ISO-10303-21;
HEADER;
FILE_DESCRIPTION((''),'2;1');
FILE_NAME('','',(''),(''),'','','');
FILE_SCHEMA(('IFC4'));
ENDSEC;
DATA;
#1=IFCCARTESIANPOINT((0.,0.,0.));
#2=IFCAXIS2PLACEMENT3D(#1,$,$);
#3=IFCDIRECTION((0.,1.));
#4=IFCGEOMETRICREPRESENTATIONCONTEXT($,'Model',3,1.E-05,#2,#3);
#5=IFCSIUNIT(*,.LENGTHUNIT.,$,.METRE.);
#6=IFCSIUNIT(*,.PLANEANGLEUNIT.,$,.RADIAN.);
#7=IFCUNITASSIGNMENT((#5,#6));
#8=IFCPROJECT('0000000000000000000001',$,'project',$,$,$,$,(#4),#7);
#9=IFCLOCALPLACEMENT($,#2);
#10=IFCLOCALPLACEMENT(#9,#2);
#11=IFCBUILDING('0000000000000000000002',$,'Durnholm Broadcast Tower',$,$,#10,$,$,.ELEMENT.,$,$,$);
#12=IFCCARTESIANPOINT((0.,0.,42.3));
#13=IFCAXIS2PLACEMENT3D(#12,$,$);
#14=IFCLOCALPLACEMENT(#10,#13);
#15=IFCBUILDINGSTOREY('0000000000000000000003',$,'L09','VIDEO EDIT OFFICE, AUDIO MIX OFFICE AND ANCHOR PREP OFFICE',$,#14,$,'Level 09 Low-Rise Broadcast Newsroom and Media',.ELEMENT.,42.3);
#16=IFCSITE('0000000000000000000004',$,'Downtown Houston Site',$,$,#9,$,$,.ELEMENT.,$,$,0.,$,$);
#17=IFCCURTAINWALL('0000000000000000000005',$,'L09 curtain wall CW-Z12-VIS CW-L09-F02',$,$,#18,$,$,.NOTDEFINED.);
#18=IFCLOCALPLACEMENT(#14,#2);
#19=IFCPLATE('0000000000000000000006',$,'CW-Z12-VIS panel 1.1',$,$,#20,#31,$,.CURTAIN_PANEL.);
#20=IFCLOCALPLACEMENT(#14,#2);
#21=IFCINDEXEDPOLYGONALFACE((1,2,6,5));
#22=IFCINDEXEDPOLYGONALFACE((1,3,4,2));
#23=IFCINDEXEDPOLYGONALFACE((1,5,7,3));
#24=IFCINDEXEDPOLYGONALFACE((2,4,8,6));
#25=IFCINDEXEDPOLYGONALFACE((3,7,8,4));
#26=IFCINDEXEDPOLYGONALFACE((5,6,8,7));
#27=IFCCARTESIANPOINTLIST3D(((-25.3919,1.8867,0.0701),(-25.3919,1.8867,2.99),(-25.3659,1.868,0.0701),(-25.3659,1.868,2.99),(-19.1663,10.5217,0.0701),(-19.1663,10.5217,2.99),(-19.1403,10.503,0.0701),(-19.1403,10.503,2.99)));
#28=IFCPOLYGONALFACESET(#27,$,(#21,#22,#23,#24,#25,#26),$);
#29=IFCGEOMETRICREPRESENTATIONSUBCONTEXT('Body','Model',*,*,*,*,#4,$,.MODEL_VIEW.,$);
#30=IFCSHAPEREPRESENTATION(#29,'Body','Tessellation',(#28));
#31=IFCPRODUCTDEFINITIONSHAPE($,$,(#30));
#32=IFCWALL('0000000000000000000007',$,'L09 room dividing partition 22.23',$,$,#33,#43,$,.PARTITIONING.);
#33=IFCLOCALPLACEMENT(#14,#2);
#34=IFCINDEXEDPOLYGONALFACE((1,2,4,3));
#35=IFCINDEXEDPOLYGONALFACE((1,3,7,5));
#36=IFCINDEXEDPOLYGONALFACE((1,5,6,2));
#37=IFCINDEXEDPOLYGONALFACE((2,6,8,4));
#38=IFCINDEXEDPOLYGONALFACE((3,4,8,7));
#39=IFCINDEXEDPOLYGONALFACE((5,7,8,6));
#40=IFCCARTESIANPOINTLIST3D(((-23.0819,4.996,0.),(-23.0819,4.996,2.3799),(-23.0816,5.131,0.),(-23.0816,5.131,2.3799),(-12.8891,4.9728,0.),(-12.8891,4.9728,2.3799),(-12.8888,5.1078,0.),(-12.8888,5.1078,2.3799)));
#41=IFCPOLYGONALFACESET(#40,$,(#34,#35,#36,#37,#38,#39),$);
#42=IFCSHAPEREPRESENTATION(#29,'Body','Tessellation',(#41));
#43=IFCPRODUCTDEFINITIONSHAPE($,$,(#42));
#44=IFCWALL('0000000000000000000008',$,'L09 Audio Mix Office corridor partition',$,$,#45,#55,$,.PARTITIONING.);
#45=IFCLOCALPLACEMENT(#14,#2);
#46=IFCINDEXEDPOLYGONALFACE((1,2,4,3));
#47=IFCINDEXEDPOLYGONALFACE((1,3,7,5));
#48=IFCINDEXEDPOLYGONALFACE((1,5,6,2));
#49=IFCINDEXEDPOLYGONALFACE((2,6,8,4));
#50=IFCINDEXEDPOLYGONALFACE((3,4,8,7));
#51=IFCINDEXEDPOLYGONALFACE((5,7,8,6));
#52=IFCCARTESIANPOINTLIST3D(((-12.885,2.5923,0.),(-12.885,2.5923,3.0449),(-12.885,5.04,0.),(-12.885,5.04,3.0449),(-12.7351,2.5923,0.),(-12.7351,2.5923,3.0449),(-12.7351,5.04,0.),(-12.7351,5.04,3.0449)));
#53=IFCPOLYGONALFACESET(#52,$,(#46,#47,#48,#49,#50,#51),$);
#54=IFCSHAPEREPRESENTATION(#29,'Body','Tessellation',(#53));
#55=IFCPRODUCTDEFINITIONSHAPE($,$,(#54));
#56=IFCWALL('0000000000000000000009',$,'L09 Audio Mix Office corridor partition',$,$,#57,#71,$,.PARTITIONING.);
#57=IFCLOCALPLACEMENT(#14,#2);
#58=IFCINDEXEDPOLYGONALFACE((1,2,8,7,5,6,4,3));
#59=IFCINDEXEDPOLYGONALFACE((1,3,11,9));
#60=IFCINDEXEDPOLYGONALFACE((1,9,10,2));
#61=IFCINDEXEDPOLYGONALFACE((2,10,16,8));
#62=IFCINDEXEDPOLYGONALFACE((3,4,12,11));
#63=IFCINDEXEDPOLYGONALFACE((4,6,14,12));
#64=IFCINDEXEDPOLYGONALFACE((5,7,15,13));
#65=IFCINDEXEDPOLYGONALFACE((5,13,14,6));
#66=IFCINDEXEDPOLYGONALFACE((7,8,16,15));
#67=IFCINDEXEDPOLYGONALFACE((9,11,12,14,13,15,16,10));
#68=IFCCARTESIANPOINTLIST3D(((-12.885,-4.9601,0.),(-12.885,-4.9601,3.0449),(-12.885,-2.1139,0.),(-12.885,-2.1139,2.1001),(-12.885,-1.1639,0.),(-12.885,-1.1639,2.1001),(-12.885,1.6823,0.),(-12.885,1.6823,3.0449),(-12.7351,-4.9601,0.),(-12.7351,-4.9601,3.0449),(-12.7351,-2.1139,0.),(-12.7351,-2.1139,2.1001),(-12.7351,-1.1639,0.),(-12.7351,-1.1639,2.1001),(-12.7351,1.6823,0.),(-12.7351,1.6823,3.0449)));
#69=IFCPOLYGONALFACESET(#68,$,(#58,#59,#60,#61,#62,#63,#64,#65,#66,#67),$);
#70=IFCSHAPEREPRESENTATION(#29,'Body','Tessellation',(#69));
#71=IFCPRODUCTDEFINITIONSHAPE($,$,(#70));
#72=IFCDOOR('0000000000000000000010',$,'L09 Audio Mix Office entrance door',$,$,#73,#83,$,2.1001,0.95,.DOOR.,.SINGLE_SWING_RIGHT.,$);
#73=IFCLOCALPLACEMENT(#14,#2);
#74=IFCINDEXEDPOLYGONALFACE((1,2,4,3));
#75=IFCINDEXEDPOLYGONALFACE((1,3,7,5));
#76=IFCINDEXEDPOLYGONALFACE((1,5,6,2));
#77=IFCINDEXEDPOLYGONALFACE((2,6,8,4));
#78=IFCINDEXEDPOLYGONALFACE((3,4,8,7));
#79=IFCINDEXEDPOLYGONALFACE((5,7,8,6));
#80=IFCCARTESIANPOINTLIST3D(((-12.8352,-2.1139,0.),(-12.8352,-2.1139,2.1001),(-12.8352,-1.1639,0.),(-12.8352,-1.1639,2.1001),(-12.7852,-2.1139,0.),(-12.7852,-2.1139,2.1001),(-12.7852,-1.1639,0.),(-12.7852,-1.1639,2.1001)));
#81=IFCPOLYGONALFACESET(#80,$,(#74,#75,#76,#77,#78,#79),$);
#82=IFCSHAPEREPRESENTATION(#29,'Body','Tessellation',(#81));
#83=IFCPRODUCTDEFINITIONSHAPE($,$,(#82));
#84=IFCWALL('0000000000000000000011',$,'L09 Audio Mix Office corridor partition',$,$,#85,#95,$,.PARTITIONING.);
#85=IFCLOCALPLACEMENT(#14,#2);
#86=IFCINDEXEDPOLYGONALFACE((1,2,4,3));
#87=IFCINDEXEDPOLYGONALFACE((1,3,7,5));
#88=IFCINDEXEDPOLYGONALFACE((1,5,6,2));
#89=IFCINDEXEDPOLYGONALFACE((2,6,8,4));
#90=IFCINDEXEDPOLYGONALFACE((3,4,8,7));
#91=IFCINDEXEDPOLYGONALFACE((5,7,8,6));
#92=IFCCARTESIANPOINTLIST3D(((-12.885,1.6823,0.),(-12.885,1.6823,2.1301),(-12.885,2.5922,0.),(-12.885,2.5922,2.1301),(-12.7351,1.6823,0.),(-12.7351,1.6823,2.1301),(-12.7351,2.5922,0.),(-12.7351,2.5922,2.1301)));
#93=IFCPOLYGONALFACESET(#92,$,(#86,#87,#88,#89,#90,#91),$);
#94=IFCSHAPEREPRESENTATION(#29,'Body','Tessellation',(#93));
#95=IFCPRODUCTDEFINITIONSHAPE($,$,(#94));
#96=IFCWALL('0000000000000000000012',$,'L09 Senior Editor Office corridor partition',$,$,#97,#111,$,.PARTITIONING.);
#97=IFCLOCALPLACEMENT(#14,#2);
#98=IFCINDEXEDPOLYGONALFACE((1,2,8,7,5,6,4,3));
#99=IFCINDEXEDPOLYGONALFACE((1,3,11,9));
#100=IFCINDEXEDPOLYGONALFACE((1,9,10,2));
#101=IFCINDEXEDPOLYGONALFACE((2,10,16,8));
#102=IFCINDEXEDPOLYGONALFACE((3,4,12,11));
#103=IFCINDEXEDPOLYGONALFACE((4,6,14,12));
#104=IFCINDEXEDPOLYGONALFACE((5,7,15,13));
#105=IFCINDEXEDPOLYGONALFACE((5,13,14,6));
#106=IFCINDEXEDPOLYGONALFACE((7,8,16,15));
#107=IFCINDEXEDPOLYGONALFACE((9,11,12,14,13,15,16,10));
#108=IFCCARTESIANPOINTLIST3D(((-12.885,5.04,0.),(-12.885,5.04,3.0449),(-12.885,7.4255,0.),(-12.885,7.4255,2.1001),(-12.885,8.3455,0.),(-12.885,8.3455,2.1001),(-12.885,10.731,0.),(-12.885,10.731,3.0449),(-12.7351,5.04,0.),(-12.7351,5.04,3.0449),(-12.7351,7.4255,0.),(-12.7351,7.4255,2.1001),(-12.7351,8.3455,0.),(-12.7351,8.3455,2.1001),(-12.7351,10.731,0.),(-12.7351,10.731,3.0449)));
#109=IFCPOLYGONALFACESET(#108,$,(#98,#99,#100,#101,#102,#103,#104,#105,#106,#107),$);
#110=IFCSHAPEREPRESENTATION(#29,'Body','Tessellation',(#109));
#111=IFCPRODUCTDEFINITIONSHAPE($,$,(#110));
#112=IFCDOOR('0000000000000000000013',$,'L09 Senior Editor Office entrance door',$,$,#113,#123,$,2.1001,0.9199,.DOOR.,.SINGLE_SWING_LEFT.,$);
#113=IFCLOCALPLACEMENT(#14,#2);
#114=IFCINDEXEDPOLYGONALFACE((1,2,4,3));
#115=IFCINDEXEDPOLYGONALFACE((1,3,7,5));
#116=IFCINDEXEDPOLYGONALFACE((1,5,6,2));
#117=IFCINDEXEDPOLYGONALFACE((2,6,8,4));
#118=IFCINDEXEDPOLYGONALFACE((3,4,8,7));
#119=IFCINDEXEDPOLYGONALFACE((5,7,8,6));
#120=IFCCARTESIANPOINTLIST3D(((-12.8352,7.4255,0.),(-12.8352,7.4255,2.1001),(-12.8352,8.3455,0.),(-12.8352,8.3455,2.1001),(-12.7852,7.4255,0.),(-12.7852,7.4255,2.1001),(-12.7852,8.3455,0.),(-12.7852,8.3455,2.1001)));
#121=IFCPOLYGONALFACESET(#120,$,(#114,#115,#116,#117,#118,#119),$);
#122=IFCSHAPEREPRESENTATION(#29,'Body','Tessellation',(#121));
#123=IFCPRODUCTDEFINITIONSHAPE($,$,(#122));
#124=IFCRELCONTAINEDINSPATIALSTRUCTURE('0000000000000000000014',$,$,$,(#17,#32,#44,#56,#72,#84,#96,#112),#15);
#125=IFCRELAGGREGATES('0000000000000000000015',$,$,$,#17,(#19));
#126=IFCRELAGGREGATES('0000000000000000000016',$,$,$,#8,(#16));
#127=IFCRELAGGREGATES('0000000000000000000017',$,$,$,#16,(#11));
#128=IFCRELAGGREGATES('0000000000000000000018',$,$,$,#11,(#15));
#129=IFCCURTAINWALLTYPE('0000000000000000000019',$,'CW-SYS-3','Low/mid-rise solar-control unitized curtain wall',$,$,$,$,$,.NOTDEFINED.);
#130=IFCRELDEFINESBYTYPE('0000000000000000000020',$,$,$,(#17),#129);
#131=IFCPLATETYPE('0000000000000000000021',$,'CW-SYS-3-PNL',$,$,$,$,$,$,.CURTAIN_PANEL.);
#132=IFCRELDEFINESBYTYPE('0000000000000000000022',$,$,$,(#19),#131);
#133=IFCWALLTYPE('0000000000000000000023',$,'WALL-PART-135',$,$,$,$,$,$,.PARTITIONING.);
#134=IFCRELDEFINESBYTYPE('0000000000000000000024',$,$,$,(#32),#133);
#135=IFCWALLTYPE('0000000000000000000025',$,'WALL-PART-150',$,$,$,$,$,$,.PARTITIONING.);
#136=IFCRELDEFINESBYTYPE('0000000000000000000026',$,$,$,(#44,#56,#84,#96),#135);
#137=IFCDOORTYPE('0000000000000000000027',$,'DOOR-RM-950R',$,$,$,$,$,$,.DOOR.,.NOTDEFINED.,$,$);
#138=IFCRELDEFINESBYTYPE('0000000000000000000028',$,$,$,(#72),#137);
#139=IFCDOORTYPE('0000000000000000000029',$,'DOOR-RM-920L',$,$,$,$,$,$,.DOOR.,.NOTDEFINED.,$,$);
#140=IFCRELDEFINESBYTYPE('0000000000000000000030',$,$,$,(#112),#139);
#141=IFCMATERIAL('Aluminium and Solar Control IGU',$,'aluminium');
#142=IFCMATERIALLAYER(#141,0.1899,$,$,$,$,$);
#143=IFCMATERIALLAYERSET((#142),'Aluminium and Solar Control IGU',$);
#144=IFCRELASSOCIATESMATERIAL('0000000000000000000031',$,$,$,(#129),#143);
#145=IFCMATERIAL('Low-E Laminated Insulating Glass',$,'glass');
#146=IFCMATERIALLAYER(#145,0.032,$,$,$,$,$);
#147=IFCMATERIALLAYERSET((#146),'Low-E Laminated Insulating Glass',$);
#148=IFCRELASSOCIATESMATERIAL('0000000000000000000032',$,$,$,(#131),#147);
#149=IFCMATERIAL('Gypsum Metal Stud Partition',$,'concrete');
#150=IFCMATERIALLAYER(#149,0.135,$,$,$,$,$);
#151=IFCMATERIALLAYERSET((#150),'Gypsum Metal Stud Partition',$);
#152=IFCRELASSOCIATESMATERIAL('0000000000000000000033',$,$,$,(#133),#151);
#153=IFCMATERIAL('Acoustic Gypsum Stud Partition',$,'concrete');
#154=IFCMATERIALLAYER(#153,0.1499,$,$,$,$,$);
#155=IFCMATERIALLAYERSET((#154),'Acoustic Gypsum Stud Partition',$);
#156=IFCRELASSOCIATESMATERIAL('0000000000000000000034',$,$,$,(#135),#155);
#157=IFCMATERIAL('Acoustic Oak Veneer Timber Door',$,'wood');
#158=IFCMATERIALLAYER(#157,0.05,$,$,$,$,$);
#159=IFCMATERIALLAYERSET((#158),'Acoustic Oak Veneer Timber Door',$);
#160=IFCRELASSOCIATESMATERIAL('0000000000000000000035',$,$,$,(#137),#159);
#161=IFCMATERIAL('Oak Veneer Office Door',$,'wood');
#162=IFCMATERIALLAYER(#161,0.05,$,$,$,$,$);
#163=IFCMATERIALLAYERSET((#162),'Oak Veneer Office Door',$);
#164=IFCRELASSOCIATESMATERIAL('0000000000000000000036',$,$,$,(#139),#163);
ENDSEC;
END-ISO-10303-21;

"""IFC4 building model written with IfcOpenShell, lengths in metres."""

from ifc_helpers import new_model, si_unit, direction, frame, frame_2d, origin, origin_2d, place, context, subcontext, project, spatial, rectangle, extrude, source, transform, mapped, material, layer, layer_set, type_object, type_shapes, element, fill, aggregate, save


model = new_model("IFC4")

# Units and contexts
model_context = context("Model", 3, precision=1e-05, world=origin(), true_north=direction((0.0, 1.0)))
body_context = subcontext(model_context, "Body", "Model", "MODEL_VIEW")
ifc_project = project(units=[si_unit("LENGTHUNIT", "METRE"), si_unit("PLANEANGLEUNIT", "RADIAN")], contexts=[model_context])

# Site, building, storey
site_placement = place(None, origin())
site = spatial("IfcSite", under=ifc_project, at=site_placement, Name="Downtown Houston Site", CompositionType="ELEMENT", RefElevation=0.0)
building_placement = place(site_placement, origin())
building = spatial("IfcBuilding", under=site, at=building_placement, Name="Durnholm Broadcast Tower", CompositionType="ELEMENT")
storey_placement = place(building_placement, frame((0.0, 0.0, 42.3)))
storey = spatial("IfcBuildingStorey", under=building, at=storey_placement, Name="L09", Description="VIDEO EDIT OFFICE, AUDIO MIX OFFICE AND ANCHOR PREP OFFICE", LongName="Level 09 Low-Rise Broadcast Newsroom and Media", CompositionType="ELEMENT", Elevation=42.3)

# Shared definitions
ifc_material_1 = material(Name="Aluminium and Solar Control IGU", Category="aluminium")

# Curtain wall
ifc_layer_1 = layer(ifc_material_1, 0.1899)
ifc_layer_set_1 = layer_set([ifc_layer_1], Name="Aluminium and Solar Control IGU")
curtain_wall_type_1 = type_object("IfcCurtainWallType", Name="CW-SYS-3", Description="Low/mid-rise solar-control unitized curtain wall", PredefinedType="NOTDEFINED", material=ifc_layer_set_1)
curtain_wall_1_placement = place(storey_placement, origin())
curtain_wall_1 = element("IfcCurtainWall", 1, at=curtain_wall_1_placement, inside=storey, type_object=curtain_wall_type_1, Name="L09 curtain wall CW-Z12-VIS CW-L09-F02", PredefinedType="NOTDEFINED")

# Plate
ifc_material_2 = material(Name="Low-E Laminated Insulating Glass", Category="glass")
ifc_layer_2 = layer(ifc_material_2, 0.032)
ifc_layer_set_2 = layer_set([ifc_layer_2], Name="Low-E Laminated Insulating Glass")
plate_type_1 = type_object("IfcPlateType", Name="CW-SYS-3-PNL", PredefinedType="CURTAIN_PANEL", material=ifc_layer_set_2)
shared_shape_1 = source(origin(), body_context, "Body", "SweptSolid", [
    extrude(rectangle(XDim=10.6453, YDim=0.032, at=origin_2d()), origin(), (0.0, 0.0, 1.0), 2.9199),
])
type_shapes(plate_type_1, [shared_shape_1])
plate_1_placement = place(storey_placement, frame((-22.2661, 6.1948, 0.0701), z_axis=(0.0, 0.0, 1.0), x_axis=(0.584823, 0.811161, 0.0)))
plate_1 = element("IfcPlate", 2, at=plate_1_placement, type_object=plate_type_1, Name="CW-Z12-VIS panel 1.1", PredefinedType="CURTAIN_PANEL", context=body_context, shape_type="MappedRepresentation", body=[
    mapped(shared_shape_1, transform((0.0, 0.0, 0.0), x_axis=(1.0, 0.0, 0.0), y_axis=(0.0, 1.0, 0.0), z_axis=(0.0, 0.0, 1.0), scale=1.0)),
])
aggregate(curtain_wall_1, [plate_1])

# Walls
ifc_material_3 = material(Name="Gypsum Metal Stud Partition", Category="concrete")
ifc_layer_3 = layer(ifc_material_3, 0.135)
ifc_layer_set_3 = layer_set([ifc_layer_3], Name="Gypsum Metal Stud Partition")
wall_type_1 = type_object("IfcWallType", Name="WALL-PART-135", PredefinedType="PARTITIONING", material=ifc_layer_set_3)
wall_1_placement = place(storey_placement, frame((-23.0818, 5.0635, 0.0), z_axis=(0.0, 0.0, 1.0), x_axis=(0.999997, -0.002275, 0.0)))
element("IfcWall", 3, at=wall_1_placement, inside=storey, type_object=wall_type_1, Name="L09 room dividing partition 22.23", PredefinedType="PARTITIONING", context=body_context, shape_type="SweptSolid", body=[
    extrude(rectangle(XDim=10.1929, YDim=0.135, at=frame_2d((5.0964, 0.0))), origin(), (0.0, 0.0, 1.0), 2.3799),
])
ifc_material_4 = material(Name="Acoustic Gypsum Stud Partition", Category="concrete")
ifc_layer_4 = layer(ifc_material_4, 0.1499)
ifc_layer_set_4 = layer_set([ifc_layer_4], Name="Acoustic Gypsum Stud Partition")
wall_type_2 = type_object("IfcWallType", Name="WALL-PART-150", PredefinedType="PARTITIONING", material=ifc_layer_set_4)
wall_2_placement = place(storey_placement, frame((-12.8101, 5.04, 0.0), z_axis=(0.0, 0.0, 1.0), x_axis=(0.0, -1.0, 0.0)))
element("IfcWall", 4, at=wall_2_placement, inside=storey, type_object=wall_type_2, Name="L09 Audio Mix Office corridor partition", PredefinedType="PARTITIONING", context=body_context, shape_type="SweptSolid", body=[
    extrude(rectangle(XDim=2.4478, YDim=0.1499, at=frame_2d((1.2239, 0.0))), origin(), (0.0, 0.0, 1.0), 3.0449),
])

# Wall, opening, door
wall_3_placement = place(storey_placement, frame((-12.8101, 1.6824, 0.0), z_axis=(0.0, 0.0, 1.0), x_axis=(0.0, -1.0, 0.0)))
wall_3 = element("IfcWall", 5, at=wall_3_placement, inside=storey, type_object=wall_type_2, Name="L09 Audio Mix Office corridor partition", PredefinedType="PARTITIONING", context=body_context, shape_type="SweptSolid", body=[
    extrude(rectangle(XDim=6.6423, YDim=0.1499, at=frame_2d((3.3213, 0.0))), origin(), (0.0, 0.0, 1.0), 3.0449),
])
opening_1_placement = place(wall_3_placement, frame((2.8462, 0.0, 0.0)))
opening_1 = element("IfcOpeningElement", 6, at=opening_1_placement, cuts=wall_3, PredefinedType="OPENING", context=body_context, shape_type="SweptSolid", body=[
    extrude(rectangle(XDim=0.95, YDim=2.1001, at=frame_2d((0.4751, 1.05))), frame((0.0, 0.085, 0.0), z_axis=(0.0, -1.0, 0.0), x_axis=(1.0, 0.0, 0.0)), (0.0, 0.0, 1.0), 0.1699),
])
ifc_material_5 = material(Name="Acoustic Oak Veneer Timber Door", Category="wood")
ifc_layer_5 = layer(ifc_material_5, 0.05)
ifc_layer_set_5 = layer_set([ifc_layer_5], Name="Acoustic Oak Veneer Timber Door")
door_type_1 = type_object("IfcDoorType", Name="DOOR-RM-950R", OperationType="NOTDEFINED", PredefinedType="DOOR", material=ifc_layer_set_5)
shared_shape_2 = source(origin(), body_context, "Body", "SweptSolid", [
    extrude(rectangle(XDim=0.95, YDim=2.1001, at=frame_2d((0.4751, 1.05))), frame((0.0, 0.0249, 0.0), z_axis=(0.0, -1.0, 0.0), x_axis=(1.0, 0.0, 0.0)), (0.0, 0.0, 1.0), 0.05),
])
type_shapes(door_type_1, [shared_shape_2])
door_1_placement = place(opening_1_placement, origin())
door_1 = element("IfcDoor", 7, at=door_1_placement, inside=storey, type_object=door_type_1, Name="L09 Audio Mix Office entrance door", OperationType="SINGLE_SWING_RIGHT", OverallHeight=2.1001, OverallWidth=0.95, PredefinedType="DOOR", context=body_context, shape_type="MappedRepresentation", body=[
    mapped(shared_shape_2, transform((0.0, 0.0, 0.0), x_axis=(1.0, 0.0, 0.0), y_axis=(0.0, 1.0, 0.0), z_axis=(0.0, 0.0, 1.0), scale=1.0)),
])
fill(opening_1, door_1)

# Wall
wall_4_placement = place(storey_placement, frame((-12.8101, 2.5923, 0.0), z_axis=(0.0, 0.0, 1.0), x_axis=(0.0, -1.0, 0.0)))
element("IfcWall", 8, at=wall_4_placement, inside=storey, type_object=wall_type_2, Name="L09 Audio Mix Office corridor partition", PredefinedType="PARTITIONING", context=body_context, shape_type="SweptSolid", body=[
    extrude(rectangle(XDim=0.9099, YDim=0.1499, at=frame_2d((0.4551, 0.0))), origin(), (0.0, 0.0, 1.0), 2.1301),
])

# Wall, opening, door
wall_5_placement = place(storey_placement, frame((-12.8101, 10.731, 0.0), z_axis=(0.0, 0.0, 1.0), x_axis=(0.0, -1.0, 0.0)))
wall_5 = element("IfcWall", 9, at=wall_5_placement, inside=storey, type_object=wall_type_2, Name="L09 Senior Editor Office corridor partition", PredefinedType="PARTITIONING", context=body_context, shape_type="SweptSolid", body=[
    extrude(rectangle(XDim=5.6909, YDim=0.1499, at=frame_2d((2.8455, 0.0))), origin(), (0.0, 0.0, 1.0), 3.0449),
])
opening_2_placement = place(wall_5_placement, frame((2.3855, 0.0, 0.0)))
opening_2 = element("IfcOpeningElement", 10, at=opening_2_placement, cuts=wall_5, PredefinedType="OPENING", context=body_context, shape_type="SweptSolid", body=[
    extrude(rectangle(XDim=0.9199, YDim=2.1001, at=frame_2d((0.46, 1.05))), frame((0.0, 0.085, 0.0), z_axis=(0.0, -1.0, 0.0), x_axis=(1.0, 0.0, 0.0)), (0.0, 0.0, 1.0), 0.1699),
])
ifc_material_6 = material(Name="Oak Veneer Office Door", Category="wood")
ifc_layer_6 = layer(ifc_material_6, 0.05)
ifc_layer_set_6 = layer_set([ifc_layer_6], Name="Oak Veneer Office Door")
door_type_2 = type_object("IfcDoorType", Name="DOOR-RM-920L", OperationType="NOTDEFINED", PredefinedType="DOOR", material=ifc_layer_set_6)
shared_shape_3 = source(origin(), body_context, "Body", "SweptSolid", [
    extrude(rectangle(XDim=0.9199, YDim=2.1001, at=frame_2d((0.46, 1.05))), frame((0.0, 0.0249, 0.0), z_axis=(0.0, -1.0, 0.0), x_axis=(1.0, 0.0, 0.0)), (0.0, 0.0, 1.0), 0.05),
])
type_shapes(door_type_2, [shared_shape_3])
door_2_placement = place(opening_2_placement, origin())
door_2 = element("IfcDoor", 11, at=door_2_placement, inside=storey, type_object=door_type_2, Name="L09 Senior Editor Office entrance door", OperationType="SINGLE_SWING_LEFT", OverallHeight=2.1001, OverallWidth=0.9199, PredefinedType="DOOR", context=body_context, shape_type="MappedRepresentation", body=[
    mapped(shared_shape_3, transform((0.0, 0.0, 0.0), x_axis=(1.0, 0.0, 0.0), y_axis=(0.0, 1.0, 0.0), z_axis=(0.0, 0.0, 1.0), scale=1.0)),
])
fill(opening_2, door_2)

save(model, "model.ifc")
